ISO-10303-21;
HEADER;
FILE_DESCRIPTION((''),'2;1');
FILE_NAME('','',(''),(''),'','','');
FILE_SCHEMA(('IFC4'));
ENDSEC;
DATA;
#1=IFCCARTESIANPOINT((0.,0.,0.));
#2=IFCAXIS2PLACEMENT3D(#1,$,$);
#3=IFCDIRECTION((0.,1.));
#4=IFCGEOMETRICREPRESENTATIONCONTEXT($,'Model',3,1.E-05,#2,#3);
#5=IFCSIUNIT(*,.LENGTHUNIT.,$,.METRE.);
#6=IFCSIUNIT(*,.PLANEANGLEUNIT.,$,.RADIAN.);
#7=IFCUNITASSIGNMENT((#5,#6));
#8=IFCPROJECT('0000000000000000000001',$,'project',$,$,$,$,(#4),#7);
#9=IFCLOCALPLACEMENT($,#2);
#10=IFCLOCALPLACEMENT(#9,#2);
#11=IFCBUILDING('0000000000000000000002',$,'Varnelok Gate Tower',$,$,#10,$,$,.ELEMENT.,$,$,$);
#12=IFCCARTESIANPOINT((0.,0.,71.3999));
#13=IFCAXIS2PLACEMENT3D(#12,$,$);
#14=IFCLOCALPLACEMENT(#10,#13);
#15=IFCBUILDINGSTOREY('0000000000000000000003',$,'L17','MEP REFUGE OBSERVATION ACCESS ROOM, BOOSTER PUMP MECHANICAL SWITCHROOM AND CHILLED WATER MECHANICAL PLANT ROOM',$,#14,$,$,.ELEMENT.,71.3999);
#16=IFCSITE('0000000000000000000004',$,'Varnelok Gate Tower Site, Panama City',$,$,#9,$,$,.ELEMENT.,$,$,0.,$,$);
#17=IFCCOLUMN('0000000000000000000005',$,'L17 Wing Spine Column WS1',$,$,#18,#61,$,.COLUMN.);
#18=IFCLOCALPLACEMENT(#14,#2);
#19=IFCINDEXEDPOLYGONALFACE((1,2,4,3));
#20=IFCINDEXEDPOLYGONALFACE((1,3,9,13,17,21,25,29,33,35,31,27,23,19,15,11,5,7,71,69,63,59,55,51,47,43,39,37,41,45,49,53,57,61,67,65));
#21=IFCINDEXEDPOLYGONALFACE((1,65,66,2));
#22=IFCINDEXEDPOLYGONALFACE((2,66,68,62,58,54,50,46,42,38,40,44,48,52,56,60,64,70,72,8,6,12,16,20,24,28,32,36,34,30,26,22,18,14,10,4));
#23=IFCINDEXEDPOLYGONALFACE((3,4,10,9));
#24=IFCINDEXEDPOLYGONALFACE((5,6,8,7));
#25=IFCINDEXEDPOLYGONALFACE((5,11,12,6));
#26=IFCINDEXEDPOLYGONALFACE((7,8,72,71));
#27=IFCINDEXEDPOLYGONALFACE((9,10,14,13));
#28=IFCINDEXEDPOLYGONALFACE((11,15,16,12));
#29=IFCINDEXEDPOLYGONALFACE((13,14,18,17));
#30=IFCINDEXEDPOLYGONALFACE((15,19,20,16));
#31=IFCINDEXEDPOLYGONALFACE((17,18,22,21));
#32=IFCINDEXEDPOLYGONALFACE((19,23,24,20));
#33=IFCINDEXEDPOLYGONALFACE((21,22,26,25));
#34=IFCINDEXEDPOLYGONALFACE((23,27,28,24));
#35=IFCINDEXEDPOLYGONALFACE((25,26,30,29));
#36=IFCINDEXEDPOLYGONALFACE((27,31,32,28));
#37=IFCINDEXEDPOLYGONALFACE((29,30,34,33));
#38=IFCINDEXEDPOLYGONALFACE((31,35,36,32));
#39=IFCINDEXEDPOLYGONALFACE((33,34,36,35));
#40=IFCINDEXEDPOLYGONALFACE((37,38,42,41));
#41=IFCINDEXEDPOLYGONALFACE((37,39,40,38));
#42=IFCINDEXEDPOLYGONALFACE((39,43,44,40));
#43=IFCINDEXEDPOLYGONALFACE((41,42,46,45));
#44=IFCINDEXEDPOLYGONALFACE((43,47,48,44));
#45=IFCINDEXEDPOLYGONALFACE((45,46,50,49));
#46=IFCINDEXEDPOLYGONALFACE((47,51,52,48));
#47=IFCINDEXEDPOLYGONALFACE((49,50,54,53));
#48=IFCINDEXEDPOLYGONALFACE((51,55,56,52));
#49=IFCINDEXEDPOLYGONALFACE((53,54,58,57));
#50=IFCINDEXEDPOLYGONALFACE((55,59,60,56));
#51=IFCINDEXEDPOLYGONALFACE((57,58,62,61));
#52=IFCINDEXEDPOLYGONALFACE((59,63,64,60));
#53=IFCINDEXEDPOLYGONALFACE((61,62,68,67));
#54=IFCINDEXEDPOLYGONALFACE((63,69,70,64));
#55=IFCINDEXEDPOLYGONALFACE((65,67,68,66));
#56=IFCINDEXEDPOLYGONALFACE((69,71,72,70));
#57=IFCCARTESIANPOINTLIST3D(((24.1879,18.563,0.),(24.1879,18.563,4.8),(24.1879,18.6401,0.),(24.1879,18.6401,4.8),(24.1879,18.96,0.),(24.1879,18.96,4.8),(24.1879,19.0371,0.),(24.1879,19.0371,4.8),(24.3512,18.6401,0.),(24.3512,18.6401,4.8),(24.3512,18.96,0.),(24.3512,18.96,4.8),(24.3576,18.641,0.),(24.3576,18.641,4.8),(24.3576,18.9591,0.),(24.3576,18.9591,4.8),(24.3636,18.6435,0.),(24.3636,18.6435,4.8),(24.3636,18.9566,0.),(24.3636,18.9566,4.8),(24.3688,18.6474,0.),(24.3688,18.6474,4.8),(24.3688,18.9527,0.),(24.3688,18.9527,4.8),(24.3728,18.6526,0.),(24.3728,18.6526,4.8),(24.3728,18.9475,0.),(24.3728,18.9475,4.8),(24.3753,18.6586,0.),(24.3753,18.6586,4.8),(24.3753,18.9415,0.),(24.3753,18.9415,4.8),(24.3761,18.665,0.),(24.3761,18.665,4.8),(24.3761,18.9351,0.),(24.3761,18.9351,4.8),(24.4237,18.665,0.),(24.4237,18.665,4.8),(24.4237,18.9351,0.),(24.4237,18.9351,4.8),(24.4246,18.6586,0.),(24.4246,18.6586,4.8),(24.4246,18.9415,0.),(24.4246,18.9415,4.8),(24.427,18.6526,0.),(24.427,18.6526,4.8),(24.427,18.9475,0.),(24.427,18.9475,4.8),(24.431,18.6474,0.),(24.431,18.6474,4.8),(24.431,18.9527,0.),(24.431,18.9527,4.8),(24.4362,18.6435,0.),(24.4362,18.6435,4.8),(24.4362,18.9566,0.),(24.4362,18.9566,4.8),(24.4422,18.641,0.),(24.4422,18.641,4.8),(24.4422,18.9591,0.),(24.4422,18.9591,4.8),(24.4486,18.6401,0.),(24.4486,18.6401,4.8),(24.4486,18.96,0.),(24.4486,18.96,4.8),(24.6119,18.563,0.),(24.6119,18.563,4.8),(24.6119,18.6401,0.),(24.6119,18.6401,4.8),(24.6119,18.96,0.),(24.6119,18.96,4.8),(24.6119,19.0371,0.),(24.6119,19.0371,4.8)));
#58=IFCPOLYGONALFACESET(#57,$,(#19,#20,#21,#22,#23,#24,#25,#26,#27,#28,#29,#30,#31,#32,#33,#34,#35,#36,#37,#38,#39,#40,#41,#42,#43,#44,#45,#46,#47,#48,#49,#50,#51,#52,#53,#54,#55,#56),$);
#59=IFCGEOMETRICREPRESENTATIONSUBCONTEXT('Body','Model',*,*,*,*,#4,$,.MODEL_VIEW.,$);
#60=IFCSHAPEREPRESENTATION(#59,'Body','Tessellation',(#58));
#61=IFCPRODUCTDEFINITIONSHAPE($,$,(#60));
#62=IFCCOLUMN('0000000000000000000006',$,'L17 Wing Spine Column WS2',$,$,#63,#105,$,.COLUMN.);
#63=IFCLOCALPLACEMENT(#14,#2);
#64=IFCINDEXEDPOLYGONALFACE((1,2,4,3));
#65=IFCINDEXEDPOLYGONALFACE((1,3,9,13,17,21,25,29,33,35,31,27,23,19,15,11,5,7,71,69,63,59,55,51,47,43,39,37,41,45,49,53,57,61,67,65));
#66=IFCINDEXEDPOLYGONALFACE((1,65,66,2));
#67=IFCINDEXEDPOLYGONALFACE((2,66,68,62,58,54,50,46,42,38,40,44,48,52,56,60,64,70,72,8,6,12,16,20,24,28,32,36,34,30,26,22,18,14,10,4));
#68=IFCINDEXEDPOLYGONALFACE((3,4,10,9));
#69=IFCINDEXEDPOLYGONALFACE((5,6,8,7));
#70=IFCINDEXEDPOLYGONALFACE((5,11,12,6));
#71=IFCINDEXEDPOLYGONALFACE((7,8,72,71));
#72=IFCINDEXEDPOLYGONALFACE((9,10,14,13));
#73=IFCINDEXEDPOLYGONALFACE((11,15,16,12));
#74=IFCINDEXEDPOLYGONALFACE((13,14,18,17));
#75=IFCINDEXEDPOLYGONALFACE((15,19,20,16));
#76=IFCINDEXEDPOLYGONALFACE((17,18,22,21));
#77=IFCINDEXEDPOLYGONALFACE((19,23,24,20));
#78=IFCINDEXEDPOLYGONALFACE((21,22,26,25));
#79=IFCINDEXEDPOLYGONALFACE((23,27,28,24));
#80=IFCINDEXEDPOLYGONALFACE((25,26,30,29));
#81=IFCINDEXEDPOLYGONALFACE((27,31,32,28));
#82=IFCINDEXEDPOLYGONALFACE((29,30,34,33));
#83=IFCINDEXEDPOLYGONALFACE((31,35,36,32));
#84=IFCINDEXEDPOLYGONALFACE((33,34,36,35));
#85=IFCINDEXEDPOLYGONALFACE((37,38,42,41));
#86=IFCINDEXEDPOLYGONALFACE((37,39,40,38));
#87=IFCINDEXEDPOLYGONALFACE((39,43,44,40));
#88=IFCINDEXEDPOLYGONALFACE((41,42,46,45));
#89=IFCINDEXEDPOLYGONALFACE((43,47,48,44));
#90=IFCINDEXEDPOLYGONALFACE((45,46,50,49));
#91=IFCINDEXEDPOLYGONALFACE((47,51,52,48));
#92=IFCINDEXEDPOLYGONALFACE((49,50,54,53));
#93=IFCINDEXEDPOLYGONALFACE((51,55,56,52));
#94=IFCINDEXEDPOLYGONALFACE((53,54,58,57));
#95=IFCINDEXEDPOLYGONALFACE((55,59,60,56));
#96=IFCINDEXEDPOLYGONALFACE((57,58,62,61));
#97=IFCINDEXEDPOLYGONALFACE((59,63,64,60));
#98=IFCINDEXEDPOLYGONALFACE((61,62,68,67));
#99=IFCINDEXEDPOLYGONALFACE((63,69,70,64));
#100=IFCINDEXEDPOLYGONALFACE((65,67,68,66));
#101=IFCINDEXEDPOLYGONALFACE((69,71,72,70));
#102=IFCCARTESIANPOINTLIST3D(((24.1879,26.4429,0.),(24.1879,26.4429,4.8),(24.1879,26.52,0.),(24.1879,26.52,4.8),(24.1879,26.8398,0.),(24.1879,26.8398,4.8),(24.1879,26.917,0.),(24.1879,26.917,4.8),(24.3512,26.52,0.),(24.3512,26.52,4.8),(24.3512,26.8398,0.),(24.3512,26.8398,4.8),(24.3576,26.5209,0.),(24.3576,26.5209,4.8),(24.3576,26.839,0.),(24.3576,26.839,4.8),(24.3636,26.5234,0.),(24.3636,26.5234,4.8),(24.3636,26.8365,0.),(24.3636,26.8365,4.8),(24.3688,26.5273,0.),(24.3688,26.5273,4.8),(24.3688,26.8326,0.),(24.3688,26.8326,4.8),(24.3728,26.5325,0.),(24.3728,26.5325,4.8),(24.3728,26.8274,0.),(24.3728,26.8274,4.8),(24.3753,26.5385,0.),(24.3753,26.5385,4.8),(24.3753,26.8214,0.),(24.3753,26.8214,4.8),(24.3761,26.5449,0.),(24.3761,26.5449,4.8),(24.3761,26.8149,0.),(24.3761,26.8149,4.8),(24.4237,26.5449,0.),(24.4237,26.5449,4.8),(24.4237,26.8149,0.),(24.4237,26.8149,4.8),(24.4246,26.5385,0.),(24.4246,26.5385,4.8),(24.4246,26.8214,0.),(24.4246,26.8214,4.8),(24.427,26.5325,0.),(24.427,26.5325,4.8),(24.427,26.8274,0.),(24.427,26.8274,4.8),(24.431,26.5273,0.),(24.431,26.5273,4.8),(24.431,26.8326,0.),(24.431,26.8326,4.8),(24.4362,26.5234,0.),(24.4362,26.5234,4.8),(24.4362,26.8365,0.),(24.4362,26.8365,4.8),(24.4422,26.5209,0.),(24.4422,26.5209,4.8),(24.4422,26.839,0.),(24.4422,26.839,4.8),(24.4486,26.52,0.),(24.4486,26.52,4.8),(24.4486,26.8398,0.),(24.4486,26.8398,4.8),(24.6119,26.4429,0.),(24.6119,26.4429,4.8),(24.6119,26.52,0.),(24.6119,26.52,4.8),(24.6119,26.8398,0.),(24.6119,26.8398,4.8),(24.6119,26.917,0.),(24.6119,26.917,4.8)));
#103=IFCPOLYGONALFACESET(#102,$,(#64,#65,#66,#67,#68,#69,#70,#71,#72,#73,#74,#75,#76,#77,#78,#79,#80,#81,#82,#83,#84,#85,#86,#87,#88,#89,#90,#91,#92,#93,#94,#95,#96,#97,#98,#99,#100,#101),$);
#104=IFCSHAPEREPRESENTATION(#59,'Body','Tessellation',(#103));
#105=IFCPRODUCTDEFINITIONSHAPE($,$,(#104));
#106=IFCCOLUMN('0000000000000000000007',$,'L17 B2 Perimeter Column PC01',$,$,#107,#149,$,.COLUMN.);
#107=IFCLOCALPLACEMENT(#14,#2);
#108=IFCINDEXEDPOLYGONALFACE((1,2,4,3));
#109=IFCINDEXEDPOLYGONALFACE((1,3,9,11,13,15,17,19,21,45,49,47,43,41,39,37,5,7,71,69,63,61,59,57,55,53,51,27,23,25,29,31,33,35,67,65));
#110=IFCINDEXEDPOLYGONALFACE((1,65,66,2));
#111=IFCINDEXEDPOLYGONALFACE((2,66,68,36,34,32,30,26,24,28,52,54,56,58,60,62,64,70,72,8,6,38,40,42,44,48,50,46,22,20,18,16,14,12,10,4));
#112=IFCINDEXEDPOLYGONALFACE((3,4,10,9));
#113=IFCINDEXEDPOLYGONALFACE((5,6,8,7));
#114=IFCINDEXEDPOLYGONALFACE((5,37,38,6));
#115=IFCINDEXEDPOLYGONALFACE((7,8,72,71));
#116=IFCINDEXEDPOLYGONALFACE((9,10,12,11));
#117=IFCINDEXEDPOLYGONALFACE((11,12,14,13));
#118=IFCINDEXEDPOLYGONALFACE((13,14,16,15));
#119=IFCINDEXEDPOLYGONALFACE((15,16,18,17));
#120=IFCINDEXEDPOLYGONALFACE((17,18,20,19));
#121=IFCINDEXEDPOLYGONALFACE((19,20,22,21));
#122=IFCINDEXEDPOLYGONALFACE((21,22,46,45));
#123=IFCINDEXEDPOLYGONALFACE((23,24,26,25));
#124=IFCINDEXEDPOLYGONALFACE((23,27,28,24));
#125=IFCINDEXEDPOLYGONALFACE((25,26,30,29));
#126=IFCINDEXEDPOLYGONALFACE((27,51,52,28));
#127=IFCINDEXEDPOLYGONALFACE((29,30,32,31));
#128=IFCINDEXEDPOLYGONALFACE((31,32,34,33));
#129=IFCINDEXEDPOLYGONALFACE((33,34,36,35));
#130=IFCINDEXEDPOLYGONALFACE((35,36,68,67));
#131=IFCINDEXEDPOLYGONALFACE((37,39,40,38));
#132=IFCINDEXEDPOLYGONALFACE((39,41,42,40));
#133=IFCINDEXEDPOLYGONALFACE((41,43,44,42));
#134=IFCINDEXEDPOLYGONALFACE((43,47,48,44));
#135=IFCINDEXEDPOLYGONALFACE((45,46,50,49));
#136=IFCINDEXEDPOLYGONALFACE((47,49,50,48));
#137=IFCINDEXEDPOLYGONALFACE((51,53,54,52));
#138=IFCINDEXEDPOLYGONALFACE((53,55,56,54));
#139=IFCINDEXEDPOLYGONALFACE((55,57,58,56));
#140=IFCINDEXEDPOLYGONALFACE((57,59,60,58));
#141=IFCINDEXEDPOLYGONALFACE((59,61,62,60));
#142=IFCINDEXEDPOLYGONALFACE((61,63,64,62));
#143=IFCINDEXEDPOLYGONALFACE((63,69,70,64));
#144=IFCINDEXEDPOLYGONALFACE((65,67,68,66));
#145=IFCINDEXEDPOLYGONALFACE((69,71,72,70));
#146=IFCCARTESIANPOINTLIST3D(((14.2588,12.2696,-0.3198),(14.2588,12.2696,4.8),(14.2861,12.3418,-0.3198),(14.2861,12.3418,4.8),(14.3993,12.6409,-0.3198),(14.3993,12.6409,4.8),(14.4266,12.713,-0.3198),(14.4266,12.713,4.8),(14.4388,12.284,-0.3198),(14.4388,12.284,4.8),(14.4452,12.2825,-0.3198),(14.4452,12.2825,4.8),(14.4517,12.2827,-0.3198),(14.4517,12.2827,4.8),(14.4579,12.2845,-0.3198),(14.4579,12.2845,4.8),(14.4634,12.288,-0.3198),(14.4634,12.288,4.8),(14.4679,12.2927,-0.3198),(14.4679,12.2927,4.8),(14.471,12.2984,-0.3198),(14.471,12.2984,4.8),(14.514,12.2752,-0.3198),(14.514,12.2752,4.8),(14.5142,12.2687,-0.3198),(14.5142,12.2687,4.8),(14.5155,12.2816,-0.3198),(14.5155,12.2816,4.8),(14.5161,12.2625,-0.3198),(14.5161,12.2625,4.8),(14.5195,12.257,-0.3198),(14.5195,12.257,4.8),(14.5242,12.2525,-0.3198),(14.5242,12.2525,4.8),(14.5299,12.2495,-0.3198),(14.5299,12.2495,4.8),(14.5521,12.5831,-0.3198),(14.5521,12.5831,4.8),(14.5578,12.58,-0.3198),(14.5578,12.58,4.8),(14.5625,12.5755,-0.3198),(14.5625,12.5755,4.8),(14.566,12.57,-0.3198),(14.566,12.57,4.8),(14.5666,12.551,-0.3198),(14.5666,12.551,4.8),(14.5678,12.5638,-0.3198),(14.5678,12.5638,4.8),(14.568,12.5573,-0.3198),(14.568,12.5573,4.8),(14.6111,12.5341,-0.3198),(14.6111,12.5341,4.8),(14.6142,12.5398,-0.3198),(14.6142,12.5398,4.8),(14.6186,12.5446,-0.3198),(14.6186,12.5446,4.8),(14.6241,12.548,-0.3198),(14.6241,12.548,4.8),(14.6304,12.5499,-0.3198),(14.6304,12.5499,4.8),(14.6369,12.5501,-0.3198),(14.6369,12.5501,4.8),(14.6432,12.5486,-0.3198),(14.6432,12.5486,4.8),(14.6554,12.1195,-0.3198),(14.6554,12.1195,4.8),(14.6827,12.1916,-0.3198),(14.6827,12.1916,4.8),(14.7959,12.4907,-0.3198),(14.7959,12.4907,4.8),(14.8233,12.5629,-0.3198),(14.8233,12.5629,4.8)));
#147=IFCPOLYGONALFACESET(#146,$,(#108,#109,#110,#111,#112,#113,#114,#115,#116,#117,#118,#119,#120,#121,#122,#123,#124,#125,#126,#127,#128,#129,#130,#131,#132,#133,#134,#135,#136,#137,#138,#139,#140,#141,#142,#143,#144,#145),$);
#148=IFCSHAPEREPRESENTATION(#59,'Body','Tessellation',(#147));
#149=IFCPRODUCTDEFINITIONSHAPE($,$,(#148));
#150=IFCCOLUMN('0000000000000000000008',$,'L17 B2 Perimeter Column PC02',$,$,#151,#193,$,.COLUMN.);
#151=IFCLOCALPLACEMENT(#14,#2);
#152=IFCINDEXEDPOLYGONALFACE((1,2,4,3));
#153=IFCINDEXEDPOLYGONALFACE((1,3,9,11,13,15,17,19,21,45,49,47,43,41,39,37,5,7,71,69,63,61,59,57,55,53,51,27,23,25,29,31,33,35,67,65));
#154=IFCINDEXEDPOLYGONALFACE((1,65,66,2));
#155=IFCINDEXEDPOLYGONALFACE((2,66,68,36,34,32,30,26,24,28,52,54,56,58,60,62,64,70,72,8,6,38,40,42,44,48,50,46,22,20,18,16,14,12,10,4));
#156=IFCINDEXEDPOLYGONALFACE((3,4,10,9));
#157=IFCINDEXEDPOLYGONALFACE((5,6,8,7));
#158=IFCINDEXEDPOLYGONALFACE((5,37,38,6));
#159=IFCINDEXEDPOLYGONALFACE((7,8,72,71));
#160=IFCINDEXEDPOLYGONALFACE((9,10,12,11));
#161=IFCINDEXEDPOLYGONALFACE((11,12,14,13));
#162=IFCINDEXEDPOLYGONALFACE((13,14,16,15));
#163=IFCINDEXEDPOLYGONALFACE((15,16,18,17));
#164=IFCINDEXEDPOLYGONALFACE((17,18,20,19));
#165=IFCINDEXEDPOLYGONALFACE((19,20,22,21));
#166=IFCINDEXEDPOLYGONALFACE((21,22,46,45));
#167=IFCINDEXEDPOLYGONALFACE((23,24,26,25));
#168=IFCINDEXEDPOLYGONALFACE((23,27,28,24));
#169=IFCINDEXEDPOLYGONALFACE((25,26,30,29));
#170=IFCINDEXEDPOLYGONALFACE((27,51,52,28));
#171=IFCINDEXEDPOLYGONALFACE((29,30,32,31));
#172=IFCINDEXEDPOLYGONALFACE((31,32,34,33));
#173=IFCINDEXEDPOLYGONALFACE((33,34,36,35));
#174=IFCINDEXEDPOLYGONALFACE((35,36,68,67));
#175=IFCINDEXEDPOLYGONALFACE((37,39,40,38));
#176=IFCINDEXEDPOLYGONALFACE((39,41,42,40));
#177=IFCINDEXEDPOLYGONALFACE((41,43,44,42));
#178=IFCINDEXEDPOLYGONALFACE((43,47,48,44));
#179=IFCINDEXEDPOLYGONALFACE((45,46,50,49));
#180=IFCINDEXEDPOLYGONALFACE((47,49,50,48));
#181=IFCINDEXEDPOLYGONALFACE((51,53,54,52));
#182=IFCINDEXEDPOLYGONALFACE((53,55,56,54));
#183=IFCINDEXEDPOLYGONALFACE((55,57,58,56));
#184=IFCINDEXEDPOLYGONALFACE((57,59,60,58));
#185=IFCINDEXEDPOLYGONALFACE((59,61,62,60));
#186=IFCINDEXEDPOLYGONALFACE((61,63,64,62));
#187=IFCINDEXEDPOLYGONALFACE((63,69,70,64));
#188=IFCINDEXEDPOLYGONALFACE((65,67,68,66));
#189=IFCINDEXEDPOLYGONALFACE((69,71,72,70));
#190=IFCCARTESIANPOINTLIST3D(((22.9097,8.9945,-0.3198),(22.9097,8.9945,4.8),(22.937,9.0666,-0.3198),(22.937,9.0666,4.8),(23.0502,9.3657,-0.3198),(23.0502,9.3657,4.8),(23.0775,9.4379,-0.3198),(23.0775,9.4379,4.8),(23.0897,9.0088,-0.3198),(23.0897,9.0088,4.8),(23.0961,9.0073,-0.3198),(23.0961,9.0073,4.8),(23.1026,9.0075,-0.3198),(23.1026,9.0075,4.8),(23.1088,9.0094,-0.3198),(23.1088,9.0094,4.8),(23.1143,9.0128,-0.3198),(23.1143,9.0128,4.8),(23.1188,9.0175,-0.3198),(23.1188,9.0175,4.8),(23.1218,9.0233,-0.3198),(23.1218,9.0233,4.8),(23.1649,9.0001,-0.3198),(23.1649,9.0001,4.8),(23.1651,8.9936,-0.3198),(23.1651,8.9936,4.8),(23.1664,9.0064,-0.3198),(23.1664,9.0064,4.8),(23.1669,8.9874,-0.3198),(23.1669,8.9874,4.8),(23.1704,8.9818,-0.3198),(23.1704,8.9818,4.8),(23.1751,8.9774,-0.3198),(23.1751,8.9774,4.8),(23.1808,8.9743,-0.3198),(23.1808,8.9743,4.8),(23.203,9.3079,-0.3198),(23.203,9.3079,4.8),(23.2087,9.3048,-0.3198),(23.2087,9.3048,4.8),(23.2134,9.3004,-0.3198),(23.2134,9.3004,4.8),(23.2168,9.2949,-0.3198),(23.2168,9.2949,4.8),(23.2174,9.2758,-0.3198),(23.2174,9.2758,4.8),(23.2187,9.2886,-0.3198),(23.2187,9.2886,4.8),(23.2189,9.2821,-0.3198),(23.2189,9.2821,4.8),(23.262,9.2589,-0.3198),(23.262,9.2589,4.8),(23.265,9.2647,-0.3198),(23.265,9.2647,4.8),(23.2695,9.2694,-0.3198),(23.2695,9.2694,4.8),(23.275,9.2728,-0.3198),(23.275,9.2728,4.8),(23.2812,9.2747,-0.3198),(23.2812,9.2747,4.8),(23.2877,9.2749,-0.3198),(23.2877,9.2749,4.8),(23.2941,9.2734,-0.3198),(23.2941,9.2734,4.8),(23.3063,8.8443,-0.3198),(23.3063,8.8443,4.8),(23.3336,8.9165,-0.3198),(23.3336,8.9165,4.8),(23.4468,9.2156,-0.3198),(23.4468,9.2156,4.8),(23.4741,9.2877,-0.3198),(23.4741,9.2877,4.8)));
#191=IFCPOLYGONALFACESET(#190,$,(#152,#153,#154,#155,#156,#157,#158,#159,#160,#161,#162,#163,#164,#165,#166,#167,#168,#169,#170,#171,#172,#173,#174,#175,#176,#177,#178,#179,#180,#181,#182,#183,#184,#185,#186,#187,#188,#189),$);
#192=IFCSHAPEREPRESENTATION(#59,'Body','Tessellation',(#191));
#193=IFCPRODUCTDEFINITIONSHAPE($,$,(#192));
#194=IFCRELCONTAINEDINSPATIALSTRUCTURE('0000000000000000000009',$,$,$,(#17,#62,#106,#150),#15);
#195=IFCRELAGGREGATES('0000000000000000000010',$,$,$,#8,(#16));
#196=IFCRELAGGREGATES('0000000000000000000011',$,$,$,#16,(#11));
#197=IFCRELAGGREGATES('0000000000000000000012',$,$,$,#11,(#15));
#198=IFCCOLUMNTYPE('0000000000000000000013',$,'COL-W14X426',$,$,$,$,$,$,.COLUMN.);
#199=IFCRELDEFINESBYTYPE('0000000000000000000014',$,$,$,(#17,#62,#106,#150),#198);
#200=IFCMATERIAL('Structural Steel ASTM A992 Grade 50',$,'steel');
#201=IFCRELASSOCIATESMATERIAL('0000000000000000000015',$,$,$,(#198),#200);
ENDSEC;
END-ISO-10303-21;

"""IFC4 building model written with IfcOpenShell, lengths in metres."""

from ifc_helpers import new_model, si_unit, direction, frame, origin, origin_2d, place, context, subcontext, project, spatial, i_section, extrude, material, material_profile, profile_set, type_object, element, save


model = new_model("IFC4")

# Units and contexts
model_context = context("Model", 3, precision=1e-05, world=origin(), true_north=direction((0.0, 1.0)))
body_context = subcontext(model_context, "Body", "Model", "MODEL_VIEW")
ifc_project = project(units=[si_unit("LENGTHUNIT", "METRE"), si_unit("PLANEANGLEUNIT", "RADIAN")], contexts=[model_context])

# Site, building, storey
site_placement = place(None, origin())
site = spatial("IfcSite", under=ifc_project, at=site_placement, Name="Varnelok Gate Tower Site, Panama City", CompositionType="ELEMENT", RefElevation=0.0)
building_placement = place(site_placement, origin())
building = spatial("IfcBuilding", under=site, at=building_placement, Name="Varnelok Gate Tower", CompositionType="ELEMENT")
storey_placement = place(building_placement, frame((0.0, 0.0, 71.3999)))
storey = spatial("IfcBuildingStorey", under=building, at=storey_placement, Name="L17", Description="MEP REFUGE OBSERVATION ACCESS ROOM, BOOSTER PUMP MECHANICAL SWITCHROOM AND CHILLED WATER MECHANICAL PLANT ROOM", CompositionType="ELEMENT", Elevation=71.3999)

# Columns
ifc_material_1 = material(Name="Structural Steel ASTM A992 Grade 50", Category="steel")
ifc_material_profile_1 = material_profile(ifc_material_1, i_section(OverallWidth=0.4241, OverallDepth=0.4741, WebThickness=0.0476, FlangeThickness=0.0771, FilletRadius=0.0249, at=origin_2d()), Name="W14X426")
ifc_profile_set_1 = profile_set([ifc_material_profile_1], Name="Structural Steel ASTM A992 Grade 50")
column_type = type_object("IfcColumnType", Name="COL-W14X426", PredefinedType="COLUMN", material=ifc_profile_set_1)
for number, where, z_axis, x_axis, name in (
    (1, (24.3999, 18.8, 0.0), (0.0, 0.0, 1.0), (1.0, 0.0, 0.0), "L17 Wing Spine Column WS1"),
    (2, (24.3999, 26.6799, 0.0), (0.0, 0.0, 1.0), (1.0, 0.0, 0.0), "L17 Wing Spine Column WS2"),
):
    element("IfcColumn", number, at=place(storey_placement, frame(where, z_axis=z_axis, x_axis=x_axis)), inside=storey, type_object=column_type, Name=name, PredefinedType="COLUMN", context=body_context, shape_type="SweptSolid", body=[
        extrude(i_section(OverallWidth=0.4241, OverallDepth=0.4741, WebThickness=0.0476, FlangeThickness=0.0771, FilletRadius=0.0249, at=origin_2d()), origin(), (0.0, 0.0, 1.0), 4.8),
    ])
for number, where, z_axis, x_axis, name in (
    (3, (14.541, 12.4163, -0.3198), (0.0, 0.0, 1.0), (0.935222, -0.354063, 0.0), "L17 B2 Perimeter Column PC01"),
    (4, (23.1919, 9.1411, -0.3198), (0.0, 0.0, 1.0), (0.935222, -0.354063, 0.0), "L17 B2 Perimeter Column PC02"),
):
    element("IfcColumn", number, at=place(storey_placement, frame(where, z_axis=z_axis, x_axis=x_axis)), inside=storey, type_object=column_type, Name=name, PredefinedType="COLUMN", context=body_context, shape_type="SweptSolid", body=[
        extrude(i_section(OverallWidth=0.4241, OverallDepth=0.4741, WebThickness=0.0476, FlangeThickness=0.0771, FilletRadius=0.0249, at=origin_2d()), origin(), (0.0, 0.0, 1.0), 5.1199),
    ])

save(model, "model.ifc")
